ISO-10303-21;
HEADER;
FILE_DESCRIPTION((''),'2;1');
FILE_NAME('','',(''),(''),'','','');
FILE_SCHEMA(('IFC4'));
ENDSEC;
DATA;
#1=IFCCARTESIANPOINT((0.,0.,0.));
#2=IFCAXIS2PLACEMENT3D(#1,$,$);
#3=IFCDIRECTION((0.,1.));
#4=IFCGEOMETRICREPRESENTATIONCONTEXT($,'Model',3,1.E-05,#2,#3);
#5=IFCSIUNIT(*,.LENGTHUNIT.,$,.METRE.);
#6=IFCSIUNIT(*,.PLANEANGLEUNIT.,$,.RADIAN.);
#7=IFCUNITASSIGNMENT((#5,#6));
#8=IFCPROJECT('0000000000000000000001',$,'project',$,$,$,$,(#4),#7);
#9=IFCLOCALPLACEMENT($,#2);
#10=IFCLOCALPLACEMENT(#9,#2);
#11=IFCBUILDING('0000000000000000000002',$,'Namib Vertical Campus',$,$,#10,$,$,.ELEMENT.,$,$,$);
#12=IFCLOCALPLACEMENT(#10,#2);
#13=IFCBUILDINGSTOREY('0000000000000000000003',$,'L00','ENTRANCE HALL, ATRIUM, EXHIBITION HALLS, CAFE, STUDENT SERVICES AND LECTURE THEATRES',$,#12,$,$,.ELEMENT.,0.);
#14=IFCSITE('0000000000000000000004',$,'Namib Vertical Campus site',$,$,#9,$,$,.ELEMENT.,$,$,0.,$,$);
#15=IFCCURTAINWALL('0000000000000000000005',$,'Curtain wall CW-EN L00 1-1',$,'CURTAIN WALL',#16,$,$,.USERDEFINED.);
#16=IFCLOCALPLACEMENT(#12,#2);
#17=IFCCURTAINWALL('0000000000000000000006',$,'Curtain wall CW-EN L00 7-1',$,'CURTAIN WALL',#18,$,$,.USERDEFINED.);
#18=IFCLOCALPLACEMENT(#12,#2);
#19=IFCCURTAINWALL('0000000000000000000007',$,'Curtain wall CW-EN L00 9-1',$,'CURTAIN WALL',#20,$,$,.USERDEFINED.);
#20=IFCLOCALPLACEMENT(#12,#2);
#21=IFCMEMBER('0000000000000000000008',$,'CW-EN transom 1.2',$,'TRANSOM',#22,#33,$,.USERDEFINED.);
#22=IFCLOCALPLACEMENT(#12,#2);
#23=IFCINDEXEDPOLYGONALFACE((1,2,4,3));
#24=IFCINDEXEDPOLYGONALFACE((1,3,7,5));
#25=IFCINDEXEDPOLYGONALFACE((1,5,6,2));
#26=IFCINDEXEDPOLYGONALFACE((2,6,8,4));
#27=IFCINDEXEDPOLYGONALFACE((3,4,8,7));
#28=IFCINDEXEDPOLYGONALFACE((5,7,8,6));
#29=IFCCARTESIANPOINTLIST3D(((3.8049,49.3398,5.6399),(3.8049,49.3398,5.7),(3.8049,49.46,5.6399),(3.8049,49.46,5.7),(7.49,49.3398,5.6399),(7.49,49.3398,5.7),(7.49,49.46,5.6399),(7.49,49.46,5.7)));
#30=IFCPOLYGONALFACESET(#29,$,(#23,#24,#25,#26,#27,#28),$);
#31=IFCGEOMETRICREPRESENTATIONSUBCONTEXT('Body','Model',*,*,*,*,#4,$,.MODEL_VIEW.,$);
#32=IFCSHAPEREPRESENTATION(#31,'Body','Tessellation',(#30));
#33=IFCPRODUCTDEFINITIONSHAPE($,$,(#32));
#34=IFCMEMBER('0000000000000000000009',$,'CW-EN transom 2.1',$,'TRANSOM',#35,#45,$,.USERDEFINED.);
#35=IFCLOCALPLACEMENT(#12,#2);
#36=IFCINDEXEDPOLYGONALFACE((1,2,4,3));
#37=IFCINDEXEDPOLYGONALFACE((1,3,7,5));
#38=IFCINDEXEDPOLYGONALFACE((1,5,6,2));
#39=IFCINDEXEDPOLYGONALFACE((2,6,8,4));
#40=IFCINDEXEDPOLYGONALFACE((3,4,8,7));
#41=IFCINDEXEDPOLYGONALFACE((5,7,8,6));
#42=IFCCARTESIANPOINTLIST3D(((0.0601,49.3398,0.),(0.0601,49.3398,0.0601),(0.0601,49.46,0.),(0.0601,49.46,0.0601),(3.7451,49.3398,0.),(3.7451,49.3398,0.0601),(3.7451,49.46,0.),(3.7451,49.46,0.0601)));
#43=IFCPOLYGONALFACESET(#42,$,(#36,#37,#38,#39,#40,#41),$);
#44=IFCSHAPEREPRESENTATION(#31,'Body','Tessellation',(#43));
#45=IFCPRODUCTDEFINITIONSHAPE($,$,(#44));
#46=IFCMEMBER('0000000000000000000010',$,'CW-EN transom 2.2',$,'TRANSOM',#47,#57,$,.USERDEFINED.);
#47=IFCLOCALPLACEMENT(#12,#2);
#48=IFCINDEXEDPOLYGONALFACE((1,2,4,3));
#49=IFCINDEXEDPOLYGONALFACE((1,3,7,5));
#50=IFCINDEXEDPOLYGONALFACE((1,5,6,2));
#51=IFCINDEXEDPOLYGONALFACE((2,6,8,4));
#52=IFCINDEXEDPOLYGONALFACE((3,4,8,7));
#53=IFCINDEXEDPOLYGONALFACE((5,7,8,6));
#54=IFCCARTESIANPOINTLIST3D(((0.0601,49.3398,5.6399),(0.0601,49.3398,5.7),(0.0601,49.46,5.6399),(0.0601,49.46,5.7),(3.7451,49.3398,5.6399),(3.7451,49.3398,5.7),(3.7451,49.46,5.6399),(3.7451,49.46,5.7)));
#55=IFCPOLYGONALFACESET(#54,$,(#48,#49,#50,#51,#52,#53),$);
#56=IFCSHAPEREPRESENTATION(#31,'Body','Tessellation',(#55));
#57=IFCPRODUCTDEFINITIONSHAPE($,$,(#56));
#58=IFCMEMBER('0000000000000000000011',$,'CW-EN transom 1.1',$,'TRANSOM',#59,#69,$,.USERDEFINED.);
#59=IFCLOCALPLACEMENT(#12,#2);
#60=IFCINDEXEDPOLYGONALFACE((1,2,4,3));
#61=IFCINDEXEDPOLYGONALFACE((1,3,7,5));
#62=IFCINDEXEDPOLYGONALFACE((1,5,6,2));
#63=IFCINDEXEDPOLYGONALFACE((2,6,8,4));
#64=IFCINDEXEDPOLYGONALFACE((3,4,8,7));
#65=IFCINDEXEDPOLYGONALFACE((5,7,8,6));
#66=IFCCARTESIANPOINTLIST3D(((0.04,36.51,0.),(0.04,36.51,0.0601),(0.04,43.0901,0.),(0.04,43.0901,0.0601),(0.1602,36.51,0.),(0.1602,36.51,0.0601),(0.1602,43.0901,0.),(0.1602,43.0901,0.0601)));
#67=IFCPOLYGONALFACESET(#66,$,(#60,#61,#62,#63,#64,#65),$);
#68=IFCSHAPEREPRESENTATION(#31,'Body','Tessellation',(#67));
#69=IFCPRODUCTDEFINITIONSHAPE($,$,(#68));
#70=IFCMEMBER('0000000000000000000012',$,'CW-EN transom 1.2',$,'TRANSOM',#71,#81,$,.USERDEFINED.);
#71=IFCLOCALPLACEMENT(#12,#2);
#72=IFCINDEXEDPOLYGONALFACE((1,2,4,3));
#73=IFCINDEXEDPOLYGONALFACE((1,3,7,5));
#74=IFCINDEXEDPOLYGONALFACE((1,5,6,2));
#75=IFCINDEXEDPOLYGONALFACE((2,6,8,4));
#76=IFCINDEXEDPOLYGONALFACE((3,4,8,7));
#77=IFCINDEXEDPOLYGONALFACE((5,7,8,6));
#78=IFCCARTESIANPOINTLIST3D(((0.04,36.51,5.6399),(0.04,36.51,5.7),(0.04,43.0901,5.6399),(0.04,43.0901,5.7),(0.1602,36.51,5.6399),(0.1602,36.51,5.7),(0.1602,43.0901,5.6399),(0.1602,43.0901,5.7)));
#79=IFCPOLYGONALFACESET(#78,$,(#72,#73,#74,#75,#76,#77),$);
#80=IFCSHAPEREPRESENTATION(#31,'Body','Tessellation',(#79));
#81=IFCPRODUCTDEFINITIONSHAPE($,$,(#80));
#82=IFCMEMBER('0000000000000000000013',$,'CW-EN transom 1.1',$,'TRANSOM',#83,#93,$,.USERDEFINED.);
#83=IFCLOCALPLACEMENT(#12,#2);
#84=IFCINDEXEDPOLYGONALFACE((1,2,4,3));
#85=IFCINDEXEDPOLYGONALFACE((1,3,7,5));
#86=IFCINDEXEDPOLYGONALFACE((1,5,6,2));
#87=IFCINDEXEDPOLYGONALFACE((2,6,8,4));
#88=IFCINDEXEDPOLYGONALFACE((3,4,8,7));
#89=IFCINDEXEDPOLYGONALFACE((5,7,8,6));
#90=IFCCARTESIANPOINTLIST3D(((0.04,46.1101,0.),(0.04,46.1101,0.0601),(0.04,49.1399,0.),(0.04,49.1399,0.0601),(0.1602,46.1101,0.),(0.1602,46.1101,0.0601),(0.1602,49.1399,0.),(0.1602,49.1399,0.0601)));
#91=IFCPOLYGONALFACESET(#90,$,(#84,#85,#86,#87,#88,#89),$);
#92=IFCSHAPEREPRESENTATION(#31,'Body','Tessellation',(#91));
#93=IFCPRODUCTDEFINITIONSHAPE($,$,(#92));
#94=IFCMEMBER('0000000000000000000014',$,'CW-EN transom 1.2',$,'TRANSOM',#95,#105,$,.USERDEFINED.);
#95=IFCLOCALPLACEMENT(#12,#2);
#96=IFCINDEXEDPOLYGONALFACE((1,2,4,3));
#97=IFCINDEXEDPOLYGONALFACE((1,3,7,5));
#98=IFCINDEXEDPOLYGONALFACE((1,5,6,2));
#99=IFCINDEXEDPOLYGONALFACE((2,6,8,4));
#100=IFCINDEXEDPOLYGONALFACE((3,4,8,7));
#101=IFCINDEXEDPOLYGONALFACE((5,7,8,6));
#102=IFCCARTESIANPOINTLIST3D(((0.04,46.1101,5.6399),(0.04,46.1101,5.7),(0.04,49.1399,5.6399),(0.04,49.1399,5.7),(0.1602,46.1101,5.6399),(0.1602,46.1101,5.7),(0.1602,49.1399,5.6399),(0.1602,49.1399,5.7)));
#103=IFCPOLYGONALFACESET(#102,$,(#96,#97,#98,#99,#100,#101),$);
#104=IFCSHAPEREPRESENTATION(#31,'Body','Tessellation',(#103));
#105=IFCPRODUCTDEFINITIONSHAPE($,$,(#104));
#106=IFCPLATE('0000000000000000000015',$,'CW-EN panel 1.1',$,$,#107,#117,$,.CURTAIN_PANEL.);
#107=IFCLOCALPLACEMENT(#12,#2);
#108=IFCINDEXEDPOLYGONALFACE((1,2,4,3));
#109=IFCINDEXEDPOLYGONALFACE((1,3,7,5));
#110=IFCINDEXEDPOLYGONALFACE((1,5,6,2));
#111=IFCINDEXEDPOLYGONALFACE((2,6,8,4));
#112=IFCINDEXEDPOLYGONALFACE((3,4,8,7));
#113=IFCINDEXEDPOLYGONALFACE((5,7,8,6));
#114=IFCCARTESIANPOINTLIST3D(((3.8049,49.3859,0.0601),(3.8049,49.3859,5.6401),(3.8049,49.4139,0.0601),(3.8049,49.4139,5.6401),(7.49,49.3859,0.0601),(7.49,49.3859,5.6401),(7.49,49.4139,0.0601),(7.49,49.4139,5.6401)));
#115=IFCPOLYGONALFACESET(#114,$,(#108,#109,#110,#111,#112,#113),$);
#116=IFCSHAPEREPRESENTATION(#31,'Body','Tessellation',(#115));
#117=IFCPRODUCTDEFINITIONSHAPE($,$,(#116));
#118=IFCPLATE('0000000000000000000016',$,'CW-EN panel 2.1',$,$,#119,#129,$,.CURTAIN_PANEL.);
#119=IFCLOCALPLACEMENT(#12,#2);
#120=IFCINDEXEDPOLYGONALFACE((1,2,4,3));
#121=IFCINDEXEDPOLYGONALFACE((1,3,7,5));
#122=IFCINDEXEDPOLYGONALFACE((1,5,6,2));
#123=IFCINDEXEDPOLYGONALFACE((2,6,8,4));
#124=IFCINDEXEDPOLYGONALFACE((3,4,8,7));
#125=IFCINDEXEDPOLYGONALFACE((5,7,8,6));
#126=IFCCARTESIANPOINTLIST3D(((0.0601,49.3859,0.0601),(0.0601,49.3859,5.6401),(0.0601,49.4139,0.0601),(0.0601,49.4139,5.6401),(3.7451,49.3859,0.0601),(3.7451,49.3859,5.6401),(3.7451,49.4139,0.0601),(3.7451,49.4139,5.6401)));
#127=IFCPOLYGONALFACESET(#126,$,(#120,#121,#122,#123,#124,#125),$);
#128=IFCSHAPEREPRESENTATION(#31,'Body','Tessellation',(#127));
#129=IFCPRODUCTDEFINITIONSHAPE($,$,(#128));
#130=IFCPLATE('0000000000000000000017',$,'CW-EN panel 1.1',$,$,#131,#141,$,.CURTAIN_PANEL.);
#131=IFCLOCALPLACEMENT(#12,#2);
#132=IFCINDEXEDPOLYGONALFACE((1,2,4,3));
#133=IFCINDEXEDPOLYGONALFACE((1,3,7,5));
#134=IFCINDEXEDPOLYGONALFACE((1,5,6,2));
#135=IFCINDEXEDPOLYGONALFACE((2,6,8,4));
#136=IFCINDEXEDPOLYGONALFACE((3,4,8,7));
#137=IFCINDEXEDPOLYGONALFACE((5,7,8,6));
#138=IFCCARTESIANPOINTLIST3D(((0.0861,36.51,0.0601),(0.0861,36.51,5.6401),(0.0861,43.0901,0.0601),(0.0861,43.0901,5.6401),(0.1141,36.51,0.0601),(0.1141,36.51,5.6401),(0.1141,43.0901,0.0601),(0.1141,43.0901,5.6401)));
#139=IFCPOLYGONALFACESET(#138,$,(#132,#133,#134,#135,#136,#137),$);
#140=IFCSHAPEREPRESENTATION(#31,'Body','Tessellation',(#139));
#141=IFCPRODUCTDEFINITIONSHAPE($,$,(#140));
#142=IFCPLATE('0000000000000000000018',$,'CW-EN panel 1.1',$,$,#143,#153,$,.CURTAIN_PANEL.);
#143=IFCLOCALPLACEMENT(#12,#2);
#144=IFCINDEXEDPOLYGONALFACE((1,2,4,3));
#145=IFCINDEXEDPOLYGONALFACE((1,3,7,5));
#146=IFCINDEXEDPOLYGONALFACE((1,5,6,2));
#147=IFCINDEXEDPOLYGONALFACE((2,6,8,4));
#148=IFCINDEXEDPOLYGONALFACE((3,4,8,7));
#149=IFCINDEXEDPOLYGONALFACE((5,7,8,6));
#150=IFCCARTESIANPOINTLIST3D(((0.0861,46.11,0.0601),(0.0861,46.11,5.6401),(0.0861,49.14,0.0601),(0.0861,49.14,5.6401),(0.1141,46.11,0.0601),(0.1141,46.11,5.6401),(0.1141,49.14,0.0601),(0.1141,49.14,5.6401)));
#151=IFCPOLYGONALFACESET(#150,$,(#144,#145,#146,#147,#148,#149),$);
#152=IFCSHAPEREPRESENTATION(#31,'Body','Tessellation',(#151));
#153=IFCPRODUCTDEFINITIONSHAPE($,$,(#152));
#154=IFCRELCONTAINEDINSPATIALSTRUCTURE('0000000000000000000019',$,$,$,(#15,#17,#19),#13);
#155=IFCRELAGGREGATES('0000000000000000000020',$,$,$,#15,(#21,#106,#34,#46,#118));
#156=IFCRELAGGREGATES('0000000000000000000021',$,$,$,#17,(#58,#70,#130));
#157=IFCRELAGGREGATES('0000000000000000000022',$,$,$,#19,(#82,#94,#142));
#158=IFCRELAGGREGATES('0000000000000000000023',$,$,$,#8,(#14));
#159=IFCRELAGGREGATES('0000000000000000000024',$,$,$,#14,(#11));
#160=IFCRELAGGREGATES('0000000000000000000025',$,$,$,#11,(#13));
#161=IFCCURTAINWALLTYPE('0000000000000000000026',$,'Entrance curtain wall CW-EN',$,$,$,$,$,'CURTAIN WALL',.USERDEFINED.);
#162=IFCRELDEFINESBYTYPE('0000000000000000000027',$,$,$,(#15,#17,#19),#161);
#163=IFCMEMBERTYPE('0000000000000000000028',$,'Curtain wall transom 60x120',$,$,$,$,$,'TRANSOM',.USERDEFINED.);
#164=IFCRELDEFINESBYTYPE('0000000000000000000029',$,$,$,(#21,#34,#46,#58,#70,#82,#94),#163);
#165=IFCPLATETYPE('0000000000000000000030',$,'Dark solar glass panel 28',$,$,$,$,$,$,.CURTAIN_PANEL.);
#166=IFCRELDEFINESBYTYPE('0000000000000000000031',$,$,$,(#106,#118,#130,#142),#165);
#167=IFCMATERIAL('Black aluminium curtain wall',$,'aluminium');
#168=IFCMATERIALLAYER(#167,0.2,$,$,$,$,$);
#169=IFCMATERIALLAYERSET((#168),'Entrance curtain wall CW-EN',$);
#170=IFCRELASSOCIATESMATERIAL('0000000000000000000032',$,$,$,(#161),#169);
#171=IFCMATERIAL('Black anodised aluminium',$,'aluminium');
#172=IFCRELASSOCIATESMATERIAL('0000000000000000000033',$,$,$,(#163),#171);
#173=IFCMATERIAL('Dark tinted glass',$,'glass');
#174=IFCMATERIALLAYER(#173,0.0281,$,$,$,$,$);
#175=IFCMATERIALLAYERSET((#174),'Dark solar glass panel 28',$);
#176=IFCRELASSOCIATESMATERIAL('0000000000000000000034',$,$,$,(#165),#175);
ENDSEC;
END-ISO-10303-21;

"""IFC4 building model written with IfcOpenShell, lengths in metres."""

from ifc_helpers import new_model, si_unit, direction, frame, origin, origin_2d, place, context, subcontext, project, spatial, rectangle, extrude, material, layer, layer_set, material_profile, profile_set, type_object, element, aggregate, save


model = new_model("IFC4")

# Units and contexts
model_context = context("Model", 3, precision=1e-05, world=origin(), true_north=direction((0.0, 1.0)))
body_context = subcontext(model_context, "Body", "Model", "MODEL_VIEW")
ifc_project = project(units=[si_unit("LENGTHUNIT", "METRE"), si_unit("PLANEANGLEUNIT", "RADIAN")], contexts=[model_context])

# Site, building, storey
site_placement = place(None, origin())
site = spatial("IfcSite", under=ifc_project, at=site_placement, Name="Namib Vertical Campus site", CompositionType="ELEMENT", RefElevation=0.0)
building_placement = place(site_placement, origin())
building = spatial("IfcBuilding", under=site, at=building_placement, Name="Namib Vertical Campus", CompositionType="ELEMENT")
storey_placement = place(building_placement, origin())
storey = spatial("IfcBuildingStorey", under=building, at=storey_placement, Name="L00", Description="ENTRANCE HALL, ATRIUM, EXHIBITION HALLS, CAFE, STUDENT SERVICES AND LECTURE THEATRES", CompositionType="ELEMENT", Elevation=0.0)

# Curtain wall
ifc_material_1 = material(Name="Black aluminium curtain wall", Category="aluminium")
ifc_layer_1 = layer(ifc_material_1, 0.2)
ifc_layer_set_1 = layer_set([ifc_layer_1], Name="Entrance curtain wall CW-EN")
curtain_wall_type = type_object("IfcCurtainWallType", Name="Entrance curtain wall CW-EN", ElementType="CURTAIN WALL", PredefinedType="USERDEFINED", material=ifc_layer_set_1)
curtain_wall_1_placement = place(storey_placement, origin())
curtain_wall_1 = element("IfcCurtainWall", 1, at=curtain_wall_1_placement, inside=storey, type_object=curtain_wall_type, Name="Curtain wall CW-EN L00 1-1", ObjectType="CURTAIN WALL", PredefinedType="USERDEFINED")

# Curtain wall
curtain_wall_2_placement = place(storey_placement, origin())
curtain_wall_2 = element("IfcCurtainWall", 2, at=curtain_wall_2_placement, inside=storey, type_object=curtain_wall_type, Name="Curtain wall CW-EN L00 7-1", ObjectType="CURTAIN WALL", PredefinedType="USERDEFINED")

# Curtain wall
curtain_wall_3_placement = place(storey_placement, origin())
curtain_wall_3 = element("IfcCurtainWall", 3, at=curtain_wall_3_placement, inside=storey, type_object=curtain_wall_type, Name="Curtain wall CW-EN L00 9-1", ObjectType="CURTAIN WALL", PredefinedType="USERDEFINED")

# Members
ifc_material_2 = material(Name="Black anodised aluminium", Category="aluminium")
ifc_material_profile_1 = material_profile(ifc_material_2, rectangle(XDim=0.0601, YDim=0.1201, at=origin_2d()))
ifc_profile_set_1 = profile_set([ifc_material_profile_1], Name="Black anodised aluminium")
member_type_1 = type_object("IfcMemberType", Name="Curtain wall transom 60x120", ElementType="TRANSOM", PredefinedType="USERDEFINED", material=ifc_profile_set_1)
member_1_placement = place(storey_placement, frame((7.49, 49.3999, 5.6699), z_axis=(-1.0, 0.0, 0.0), x_axis=(0.0, 0.0, 1.0)))
member_1 = element("IfcMember", 4, at=member_1_placement, type_object=member_type_1, Name="CW-EN transom 1.2", ObjectType="TRANSOM", PredefinedType="USERDEFINED", context=body_context, shape_type="SweptSolid", body=[
    extrude(rectangle(XDim=0.0601, YDim=0.1201, at=origin_2d()), origin(), (0.0, 0.0, 1.0), 3.6851),
])
member_2_placement = place(storey_placement, frame((3.7451, 49.3999, 0.03), z_axis=(-1.0, 0.0, 0.0), x_axis=(0.0, 0.0, 1.0)))
member_2 = element("IfcMember", 5, at=member_2_placement, type_object=member_type_1, Name="CW-EN transom 2.1", ObjectType="TRANSOM", PredefinedType="USERDEFINED", context=body_context, shape_type="SweptSolid", body=[
    extrude(rectangle(XDim=0.0601, YDim=0.1201, at=origin_2d()), origin(), (0.0, 0.0, 1.0), 3.6851),
])
member_3_placement = place(storey_placement, frame((3.7451, 49.3999, 5.6699), z_axis=(-1.0, 0.0, 0.0), x_axis=(0.0, 0.0, 1.0)))
member_3 = element("IfcMember", 6, at=member_3_placement, type_object=member_type_1, Name="CW-EN transom 2.2", ObjectType="TRANSOM", PredefinedType="USERDEFINED", context=body_context, shape_type="SweptSolid", body=[
    extrude(rectangle(XDim=0.0601, YDim=0.1201, at=origin_2d()), origin(), (0.0, 0.0, 1.0), 3.6851),
])
member_4_placement = place(storey_placement, frame((0.1001, 43.0901, 0.03), z_axis=(0.0, -1.0, 0.0), x_axis=(0.0, 0.0, 1.0)))
member_4 = element("IfcMember", 7, at=member_4_placement, type_object=member_type_1, Name="CW-EN transom 1.1", ObjectType="TRANSOM", PredefinedType="USERDEFINED", context=body_context, shape_type="SweptSolid", body=[
    extrude(rectangle(XDim=0.0601, YDim=0.1201, at=origin_2d()), origin(), (0.0, 0.0, 1.0), 6.5801),
])
member_5_placement = place(storey_placement, frame((0.1001, 43.0901, 5.6699), z_axis=(0.0, -1.0, 0.0), x_axis=(0.0, 0.0, 1.0)))
member_5 = element("IfcMember", 8, at=member_5_placement, type_object=member_type_1, Name="CW-EN transom 1.2", ObjectType="TRANSOM", PredefinedType="USERDEFINED", context=body_context, shape_type="SweptSolid", body=[
    extrude(rectangle(XDim=0.0601, YDim=0.1201, at=origin_2d()), origin(), (0.0, 0.0, 1.0), 6.5801),
])
member_6_placement = place(storey_placement, frame((0.1001, 49.1399, 0.03), z_axis=(0.0, -1.0, 0.0), x_axis=(0.0, 0.0, 1.0)))
member_6 = element("IfcMember", 9, at=member_6_placement, type_object=member_type_1, Name="CW-EN transom 1.1", ObjectType="TRANSOM", PredefinedType="USERDEFINED", context=body_context, shape_type="SweptSolid", body=[
    extrude(rectangle(XDim=0.0601, YDim=0.1201, at=origin_2d()), origin(), (0.0, 0.0, 1.0), 3.0298),
])
member_7_placement = place(storey_placement, frame((0.1001, 49.1399, 5.6699), z_axis=(0.0, -1.0, 0.0), x_axis=(0.0, 0.0, 1.0)))
member_7 = element("IfcMember", 10, at=member_7_placement, type_object=member_type_1, Name="CW-EN transom 1.2", ObjectType="TRANSOM", PredefinedType="USERDEFINED", context=body_context, shape_type="SweptSolid", body=[
    extrude(rectangle(XDim=0.0601, YDim=0.1201, at=origin_2d()), origin(), (0.0, 0.0, 1.0), 3.0298),
])

# Plates
ifc_material_3 = material(Name="Dark tinted glass", Category="glass")
ifc_layer_2 = layer(ifc_material_3, 0.0281)
ifc_layer_set_2 = layer_set([ifc_layer_2], Name="Dark solar glass panel 28")
plate_type = type_object("IfcPlateType", Name="Dark solar glass panel 28", PredefinedType="CURTAIN_PANEL", material=ifc_layer_set_2)
plate_1_placement = place(storey_placement, frame((5.6475, 49.3999, 0.0601), z_axis=(0.0, 0.0, 1.0), x_axis=(-1.0, 0.0, 0.0)))
plate_1 = element("IfcPlate", 11, at=plate_1_placement, type_object=plate_type, Name="CW-EN panel 1.1", PredefinedType="CURTAIN_PANEL", context=body_context, shape_type="SweptSolid", body=[
    extrude(rectangle(XDim=3.6851, YDim=0.0281, at=origin_2d()), origin(), (0.0, 0.0, 1.0), 5.5801),
])
plate_2_placement = place(storey_placement, frame((1.9026, 49.3999, 0.0601), z_axis=(0.0, 0.0, 1.0), x_axis=(-1.0, 0.0, 0.0)))
plate_2 = element("IfcPlate", 12, at=plate_2_placement, type_object=plate_type, Name="CW-EN panel 2.1", PredefinedType="CURTAIN_PANEL", context=body_context, shape_type="SweptSolid", body=[
    extrude(rectangle(XDim=3.6851, YDim=0.0281, at=origin_2d()), origin(), (0.0, 0.0, 1.0), 5.5801),
])
aggregate(curtain_wall_1, [member_1, plate_1, member_2, member_3, plate_2])
plate_3_placement = place(storey_placement, frame((0.1001, 39.8, 0.0601), z_axis=(0.0, 0.0, 1.0), x_axis=(0.0, -1.0, 0.0)))
plate_3 = element("IfcPlate", 13, at=plate_3_placement, type_object=plate_type, Name="CW-EN panel 1.1", PredefinedType="CURTAIN_PANEL", context=body_context, shape_type="SweptSolid", body=[
    extrude(rectangle(XDim=6.5801, YDim=0.0281, at=origin_2d()), origin(), (0.0, 0.0, 1.0), 5.5801),
])
aggregate(curtain_wall_2, [member_4, member_5, plate_3])
plate_4_placement = place(storey_placement, frame((0.1001, 47.625, 0.0601), z_axis=(0.0, 0.0, 1.0), x_axis=(0.0, -1.0, 0.0)))
plate_4 = element("IfcPlate", 14, at=plate_4_placement, type_object=plate_type, Name="CW-EN panel 1.1", PredefinedType="CURTAIN_PANEL", context=body_context, shape_type="SweptSolid", body=[
    extrude(rectangle(XDim=3.03, YDim=0.0281, at=origin_2d()), origin(), (0.0, 0.0, 1.0), 5.5801),
])
aggregate(curtain_wall_3, [member_6, member_7, plate_4])

save(model, "model.ifc")
